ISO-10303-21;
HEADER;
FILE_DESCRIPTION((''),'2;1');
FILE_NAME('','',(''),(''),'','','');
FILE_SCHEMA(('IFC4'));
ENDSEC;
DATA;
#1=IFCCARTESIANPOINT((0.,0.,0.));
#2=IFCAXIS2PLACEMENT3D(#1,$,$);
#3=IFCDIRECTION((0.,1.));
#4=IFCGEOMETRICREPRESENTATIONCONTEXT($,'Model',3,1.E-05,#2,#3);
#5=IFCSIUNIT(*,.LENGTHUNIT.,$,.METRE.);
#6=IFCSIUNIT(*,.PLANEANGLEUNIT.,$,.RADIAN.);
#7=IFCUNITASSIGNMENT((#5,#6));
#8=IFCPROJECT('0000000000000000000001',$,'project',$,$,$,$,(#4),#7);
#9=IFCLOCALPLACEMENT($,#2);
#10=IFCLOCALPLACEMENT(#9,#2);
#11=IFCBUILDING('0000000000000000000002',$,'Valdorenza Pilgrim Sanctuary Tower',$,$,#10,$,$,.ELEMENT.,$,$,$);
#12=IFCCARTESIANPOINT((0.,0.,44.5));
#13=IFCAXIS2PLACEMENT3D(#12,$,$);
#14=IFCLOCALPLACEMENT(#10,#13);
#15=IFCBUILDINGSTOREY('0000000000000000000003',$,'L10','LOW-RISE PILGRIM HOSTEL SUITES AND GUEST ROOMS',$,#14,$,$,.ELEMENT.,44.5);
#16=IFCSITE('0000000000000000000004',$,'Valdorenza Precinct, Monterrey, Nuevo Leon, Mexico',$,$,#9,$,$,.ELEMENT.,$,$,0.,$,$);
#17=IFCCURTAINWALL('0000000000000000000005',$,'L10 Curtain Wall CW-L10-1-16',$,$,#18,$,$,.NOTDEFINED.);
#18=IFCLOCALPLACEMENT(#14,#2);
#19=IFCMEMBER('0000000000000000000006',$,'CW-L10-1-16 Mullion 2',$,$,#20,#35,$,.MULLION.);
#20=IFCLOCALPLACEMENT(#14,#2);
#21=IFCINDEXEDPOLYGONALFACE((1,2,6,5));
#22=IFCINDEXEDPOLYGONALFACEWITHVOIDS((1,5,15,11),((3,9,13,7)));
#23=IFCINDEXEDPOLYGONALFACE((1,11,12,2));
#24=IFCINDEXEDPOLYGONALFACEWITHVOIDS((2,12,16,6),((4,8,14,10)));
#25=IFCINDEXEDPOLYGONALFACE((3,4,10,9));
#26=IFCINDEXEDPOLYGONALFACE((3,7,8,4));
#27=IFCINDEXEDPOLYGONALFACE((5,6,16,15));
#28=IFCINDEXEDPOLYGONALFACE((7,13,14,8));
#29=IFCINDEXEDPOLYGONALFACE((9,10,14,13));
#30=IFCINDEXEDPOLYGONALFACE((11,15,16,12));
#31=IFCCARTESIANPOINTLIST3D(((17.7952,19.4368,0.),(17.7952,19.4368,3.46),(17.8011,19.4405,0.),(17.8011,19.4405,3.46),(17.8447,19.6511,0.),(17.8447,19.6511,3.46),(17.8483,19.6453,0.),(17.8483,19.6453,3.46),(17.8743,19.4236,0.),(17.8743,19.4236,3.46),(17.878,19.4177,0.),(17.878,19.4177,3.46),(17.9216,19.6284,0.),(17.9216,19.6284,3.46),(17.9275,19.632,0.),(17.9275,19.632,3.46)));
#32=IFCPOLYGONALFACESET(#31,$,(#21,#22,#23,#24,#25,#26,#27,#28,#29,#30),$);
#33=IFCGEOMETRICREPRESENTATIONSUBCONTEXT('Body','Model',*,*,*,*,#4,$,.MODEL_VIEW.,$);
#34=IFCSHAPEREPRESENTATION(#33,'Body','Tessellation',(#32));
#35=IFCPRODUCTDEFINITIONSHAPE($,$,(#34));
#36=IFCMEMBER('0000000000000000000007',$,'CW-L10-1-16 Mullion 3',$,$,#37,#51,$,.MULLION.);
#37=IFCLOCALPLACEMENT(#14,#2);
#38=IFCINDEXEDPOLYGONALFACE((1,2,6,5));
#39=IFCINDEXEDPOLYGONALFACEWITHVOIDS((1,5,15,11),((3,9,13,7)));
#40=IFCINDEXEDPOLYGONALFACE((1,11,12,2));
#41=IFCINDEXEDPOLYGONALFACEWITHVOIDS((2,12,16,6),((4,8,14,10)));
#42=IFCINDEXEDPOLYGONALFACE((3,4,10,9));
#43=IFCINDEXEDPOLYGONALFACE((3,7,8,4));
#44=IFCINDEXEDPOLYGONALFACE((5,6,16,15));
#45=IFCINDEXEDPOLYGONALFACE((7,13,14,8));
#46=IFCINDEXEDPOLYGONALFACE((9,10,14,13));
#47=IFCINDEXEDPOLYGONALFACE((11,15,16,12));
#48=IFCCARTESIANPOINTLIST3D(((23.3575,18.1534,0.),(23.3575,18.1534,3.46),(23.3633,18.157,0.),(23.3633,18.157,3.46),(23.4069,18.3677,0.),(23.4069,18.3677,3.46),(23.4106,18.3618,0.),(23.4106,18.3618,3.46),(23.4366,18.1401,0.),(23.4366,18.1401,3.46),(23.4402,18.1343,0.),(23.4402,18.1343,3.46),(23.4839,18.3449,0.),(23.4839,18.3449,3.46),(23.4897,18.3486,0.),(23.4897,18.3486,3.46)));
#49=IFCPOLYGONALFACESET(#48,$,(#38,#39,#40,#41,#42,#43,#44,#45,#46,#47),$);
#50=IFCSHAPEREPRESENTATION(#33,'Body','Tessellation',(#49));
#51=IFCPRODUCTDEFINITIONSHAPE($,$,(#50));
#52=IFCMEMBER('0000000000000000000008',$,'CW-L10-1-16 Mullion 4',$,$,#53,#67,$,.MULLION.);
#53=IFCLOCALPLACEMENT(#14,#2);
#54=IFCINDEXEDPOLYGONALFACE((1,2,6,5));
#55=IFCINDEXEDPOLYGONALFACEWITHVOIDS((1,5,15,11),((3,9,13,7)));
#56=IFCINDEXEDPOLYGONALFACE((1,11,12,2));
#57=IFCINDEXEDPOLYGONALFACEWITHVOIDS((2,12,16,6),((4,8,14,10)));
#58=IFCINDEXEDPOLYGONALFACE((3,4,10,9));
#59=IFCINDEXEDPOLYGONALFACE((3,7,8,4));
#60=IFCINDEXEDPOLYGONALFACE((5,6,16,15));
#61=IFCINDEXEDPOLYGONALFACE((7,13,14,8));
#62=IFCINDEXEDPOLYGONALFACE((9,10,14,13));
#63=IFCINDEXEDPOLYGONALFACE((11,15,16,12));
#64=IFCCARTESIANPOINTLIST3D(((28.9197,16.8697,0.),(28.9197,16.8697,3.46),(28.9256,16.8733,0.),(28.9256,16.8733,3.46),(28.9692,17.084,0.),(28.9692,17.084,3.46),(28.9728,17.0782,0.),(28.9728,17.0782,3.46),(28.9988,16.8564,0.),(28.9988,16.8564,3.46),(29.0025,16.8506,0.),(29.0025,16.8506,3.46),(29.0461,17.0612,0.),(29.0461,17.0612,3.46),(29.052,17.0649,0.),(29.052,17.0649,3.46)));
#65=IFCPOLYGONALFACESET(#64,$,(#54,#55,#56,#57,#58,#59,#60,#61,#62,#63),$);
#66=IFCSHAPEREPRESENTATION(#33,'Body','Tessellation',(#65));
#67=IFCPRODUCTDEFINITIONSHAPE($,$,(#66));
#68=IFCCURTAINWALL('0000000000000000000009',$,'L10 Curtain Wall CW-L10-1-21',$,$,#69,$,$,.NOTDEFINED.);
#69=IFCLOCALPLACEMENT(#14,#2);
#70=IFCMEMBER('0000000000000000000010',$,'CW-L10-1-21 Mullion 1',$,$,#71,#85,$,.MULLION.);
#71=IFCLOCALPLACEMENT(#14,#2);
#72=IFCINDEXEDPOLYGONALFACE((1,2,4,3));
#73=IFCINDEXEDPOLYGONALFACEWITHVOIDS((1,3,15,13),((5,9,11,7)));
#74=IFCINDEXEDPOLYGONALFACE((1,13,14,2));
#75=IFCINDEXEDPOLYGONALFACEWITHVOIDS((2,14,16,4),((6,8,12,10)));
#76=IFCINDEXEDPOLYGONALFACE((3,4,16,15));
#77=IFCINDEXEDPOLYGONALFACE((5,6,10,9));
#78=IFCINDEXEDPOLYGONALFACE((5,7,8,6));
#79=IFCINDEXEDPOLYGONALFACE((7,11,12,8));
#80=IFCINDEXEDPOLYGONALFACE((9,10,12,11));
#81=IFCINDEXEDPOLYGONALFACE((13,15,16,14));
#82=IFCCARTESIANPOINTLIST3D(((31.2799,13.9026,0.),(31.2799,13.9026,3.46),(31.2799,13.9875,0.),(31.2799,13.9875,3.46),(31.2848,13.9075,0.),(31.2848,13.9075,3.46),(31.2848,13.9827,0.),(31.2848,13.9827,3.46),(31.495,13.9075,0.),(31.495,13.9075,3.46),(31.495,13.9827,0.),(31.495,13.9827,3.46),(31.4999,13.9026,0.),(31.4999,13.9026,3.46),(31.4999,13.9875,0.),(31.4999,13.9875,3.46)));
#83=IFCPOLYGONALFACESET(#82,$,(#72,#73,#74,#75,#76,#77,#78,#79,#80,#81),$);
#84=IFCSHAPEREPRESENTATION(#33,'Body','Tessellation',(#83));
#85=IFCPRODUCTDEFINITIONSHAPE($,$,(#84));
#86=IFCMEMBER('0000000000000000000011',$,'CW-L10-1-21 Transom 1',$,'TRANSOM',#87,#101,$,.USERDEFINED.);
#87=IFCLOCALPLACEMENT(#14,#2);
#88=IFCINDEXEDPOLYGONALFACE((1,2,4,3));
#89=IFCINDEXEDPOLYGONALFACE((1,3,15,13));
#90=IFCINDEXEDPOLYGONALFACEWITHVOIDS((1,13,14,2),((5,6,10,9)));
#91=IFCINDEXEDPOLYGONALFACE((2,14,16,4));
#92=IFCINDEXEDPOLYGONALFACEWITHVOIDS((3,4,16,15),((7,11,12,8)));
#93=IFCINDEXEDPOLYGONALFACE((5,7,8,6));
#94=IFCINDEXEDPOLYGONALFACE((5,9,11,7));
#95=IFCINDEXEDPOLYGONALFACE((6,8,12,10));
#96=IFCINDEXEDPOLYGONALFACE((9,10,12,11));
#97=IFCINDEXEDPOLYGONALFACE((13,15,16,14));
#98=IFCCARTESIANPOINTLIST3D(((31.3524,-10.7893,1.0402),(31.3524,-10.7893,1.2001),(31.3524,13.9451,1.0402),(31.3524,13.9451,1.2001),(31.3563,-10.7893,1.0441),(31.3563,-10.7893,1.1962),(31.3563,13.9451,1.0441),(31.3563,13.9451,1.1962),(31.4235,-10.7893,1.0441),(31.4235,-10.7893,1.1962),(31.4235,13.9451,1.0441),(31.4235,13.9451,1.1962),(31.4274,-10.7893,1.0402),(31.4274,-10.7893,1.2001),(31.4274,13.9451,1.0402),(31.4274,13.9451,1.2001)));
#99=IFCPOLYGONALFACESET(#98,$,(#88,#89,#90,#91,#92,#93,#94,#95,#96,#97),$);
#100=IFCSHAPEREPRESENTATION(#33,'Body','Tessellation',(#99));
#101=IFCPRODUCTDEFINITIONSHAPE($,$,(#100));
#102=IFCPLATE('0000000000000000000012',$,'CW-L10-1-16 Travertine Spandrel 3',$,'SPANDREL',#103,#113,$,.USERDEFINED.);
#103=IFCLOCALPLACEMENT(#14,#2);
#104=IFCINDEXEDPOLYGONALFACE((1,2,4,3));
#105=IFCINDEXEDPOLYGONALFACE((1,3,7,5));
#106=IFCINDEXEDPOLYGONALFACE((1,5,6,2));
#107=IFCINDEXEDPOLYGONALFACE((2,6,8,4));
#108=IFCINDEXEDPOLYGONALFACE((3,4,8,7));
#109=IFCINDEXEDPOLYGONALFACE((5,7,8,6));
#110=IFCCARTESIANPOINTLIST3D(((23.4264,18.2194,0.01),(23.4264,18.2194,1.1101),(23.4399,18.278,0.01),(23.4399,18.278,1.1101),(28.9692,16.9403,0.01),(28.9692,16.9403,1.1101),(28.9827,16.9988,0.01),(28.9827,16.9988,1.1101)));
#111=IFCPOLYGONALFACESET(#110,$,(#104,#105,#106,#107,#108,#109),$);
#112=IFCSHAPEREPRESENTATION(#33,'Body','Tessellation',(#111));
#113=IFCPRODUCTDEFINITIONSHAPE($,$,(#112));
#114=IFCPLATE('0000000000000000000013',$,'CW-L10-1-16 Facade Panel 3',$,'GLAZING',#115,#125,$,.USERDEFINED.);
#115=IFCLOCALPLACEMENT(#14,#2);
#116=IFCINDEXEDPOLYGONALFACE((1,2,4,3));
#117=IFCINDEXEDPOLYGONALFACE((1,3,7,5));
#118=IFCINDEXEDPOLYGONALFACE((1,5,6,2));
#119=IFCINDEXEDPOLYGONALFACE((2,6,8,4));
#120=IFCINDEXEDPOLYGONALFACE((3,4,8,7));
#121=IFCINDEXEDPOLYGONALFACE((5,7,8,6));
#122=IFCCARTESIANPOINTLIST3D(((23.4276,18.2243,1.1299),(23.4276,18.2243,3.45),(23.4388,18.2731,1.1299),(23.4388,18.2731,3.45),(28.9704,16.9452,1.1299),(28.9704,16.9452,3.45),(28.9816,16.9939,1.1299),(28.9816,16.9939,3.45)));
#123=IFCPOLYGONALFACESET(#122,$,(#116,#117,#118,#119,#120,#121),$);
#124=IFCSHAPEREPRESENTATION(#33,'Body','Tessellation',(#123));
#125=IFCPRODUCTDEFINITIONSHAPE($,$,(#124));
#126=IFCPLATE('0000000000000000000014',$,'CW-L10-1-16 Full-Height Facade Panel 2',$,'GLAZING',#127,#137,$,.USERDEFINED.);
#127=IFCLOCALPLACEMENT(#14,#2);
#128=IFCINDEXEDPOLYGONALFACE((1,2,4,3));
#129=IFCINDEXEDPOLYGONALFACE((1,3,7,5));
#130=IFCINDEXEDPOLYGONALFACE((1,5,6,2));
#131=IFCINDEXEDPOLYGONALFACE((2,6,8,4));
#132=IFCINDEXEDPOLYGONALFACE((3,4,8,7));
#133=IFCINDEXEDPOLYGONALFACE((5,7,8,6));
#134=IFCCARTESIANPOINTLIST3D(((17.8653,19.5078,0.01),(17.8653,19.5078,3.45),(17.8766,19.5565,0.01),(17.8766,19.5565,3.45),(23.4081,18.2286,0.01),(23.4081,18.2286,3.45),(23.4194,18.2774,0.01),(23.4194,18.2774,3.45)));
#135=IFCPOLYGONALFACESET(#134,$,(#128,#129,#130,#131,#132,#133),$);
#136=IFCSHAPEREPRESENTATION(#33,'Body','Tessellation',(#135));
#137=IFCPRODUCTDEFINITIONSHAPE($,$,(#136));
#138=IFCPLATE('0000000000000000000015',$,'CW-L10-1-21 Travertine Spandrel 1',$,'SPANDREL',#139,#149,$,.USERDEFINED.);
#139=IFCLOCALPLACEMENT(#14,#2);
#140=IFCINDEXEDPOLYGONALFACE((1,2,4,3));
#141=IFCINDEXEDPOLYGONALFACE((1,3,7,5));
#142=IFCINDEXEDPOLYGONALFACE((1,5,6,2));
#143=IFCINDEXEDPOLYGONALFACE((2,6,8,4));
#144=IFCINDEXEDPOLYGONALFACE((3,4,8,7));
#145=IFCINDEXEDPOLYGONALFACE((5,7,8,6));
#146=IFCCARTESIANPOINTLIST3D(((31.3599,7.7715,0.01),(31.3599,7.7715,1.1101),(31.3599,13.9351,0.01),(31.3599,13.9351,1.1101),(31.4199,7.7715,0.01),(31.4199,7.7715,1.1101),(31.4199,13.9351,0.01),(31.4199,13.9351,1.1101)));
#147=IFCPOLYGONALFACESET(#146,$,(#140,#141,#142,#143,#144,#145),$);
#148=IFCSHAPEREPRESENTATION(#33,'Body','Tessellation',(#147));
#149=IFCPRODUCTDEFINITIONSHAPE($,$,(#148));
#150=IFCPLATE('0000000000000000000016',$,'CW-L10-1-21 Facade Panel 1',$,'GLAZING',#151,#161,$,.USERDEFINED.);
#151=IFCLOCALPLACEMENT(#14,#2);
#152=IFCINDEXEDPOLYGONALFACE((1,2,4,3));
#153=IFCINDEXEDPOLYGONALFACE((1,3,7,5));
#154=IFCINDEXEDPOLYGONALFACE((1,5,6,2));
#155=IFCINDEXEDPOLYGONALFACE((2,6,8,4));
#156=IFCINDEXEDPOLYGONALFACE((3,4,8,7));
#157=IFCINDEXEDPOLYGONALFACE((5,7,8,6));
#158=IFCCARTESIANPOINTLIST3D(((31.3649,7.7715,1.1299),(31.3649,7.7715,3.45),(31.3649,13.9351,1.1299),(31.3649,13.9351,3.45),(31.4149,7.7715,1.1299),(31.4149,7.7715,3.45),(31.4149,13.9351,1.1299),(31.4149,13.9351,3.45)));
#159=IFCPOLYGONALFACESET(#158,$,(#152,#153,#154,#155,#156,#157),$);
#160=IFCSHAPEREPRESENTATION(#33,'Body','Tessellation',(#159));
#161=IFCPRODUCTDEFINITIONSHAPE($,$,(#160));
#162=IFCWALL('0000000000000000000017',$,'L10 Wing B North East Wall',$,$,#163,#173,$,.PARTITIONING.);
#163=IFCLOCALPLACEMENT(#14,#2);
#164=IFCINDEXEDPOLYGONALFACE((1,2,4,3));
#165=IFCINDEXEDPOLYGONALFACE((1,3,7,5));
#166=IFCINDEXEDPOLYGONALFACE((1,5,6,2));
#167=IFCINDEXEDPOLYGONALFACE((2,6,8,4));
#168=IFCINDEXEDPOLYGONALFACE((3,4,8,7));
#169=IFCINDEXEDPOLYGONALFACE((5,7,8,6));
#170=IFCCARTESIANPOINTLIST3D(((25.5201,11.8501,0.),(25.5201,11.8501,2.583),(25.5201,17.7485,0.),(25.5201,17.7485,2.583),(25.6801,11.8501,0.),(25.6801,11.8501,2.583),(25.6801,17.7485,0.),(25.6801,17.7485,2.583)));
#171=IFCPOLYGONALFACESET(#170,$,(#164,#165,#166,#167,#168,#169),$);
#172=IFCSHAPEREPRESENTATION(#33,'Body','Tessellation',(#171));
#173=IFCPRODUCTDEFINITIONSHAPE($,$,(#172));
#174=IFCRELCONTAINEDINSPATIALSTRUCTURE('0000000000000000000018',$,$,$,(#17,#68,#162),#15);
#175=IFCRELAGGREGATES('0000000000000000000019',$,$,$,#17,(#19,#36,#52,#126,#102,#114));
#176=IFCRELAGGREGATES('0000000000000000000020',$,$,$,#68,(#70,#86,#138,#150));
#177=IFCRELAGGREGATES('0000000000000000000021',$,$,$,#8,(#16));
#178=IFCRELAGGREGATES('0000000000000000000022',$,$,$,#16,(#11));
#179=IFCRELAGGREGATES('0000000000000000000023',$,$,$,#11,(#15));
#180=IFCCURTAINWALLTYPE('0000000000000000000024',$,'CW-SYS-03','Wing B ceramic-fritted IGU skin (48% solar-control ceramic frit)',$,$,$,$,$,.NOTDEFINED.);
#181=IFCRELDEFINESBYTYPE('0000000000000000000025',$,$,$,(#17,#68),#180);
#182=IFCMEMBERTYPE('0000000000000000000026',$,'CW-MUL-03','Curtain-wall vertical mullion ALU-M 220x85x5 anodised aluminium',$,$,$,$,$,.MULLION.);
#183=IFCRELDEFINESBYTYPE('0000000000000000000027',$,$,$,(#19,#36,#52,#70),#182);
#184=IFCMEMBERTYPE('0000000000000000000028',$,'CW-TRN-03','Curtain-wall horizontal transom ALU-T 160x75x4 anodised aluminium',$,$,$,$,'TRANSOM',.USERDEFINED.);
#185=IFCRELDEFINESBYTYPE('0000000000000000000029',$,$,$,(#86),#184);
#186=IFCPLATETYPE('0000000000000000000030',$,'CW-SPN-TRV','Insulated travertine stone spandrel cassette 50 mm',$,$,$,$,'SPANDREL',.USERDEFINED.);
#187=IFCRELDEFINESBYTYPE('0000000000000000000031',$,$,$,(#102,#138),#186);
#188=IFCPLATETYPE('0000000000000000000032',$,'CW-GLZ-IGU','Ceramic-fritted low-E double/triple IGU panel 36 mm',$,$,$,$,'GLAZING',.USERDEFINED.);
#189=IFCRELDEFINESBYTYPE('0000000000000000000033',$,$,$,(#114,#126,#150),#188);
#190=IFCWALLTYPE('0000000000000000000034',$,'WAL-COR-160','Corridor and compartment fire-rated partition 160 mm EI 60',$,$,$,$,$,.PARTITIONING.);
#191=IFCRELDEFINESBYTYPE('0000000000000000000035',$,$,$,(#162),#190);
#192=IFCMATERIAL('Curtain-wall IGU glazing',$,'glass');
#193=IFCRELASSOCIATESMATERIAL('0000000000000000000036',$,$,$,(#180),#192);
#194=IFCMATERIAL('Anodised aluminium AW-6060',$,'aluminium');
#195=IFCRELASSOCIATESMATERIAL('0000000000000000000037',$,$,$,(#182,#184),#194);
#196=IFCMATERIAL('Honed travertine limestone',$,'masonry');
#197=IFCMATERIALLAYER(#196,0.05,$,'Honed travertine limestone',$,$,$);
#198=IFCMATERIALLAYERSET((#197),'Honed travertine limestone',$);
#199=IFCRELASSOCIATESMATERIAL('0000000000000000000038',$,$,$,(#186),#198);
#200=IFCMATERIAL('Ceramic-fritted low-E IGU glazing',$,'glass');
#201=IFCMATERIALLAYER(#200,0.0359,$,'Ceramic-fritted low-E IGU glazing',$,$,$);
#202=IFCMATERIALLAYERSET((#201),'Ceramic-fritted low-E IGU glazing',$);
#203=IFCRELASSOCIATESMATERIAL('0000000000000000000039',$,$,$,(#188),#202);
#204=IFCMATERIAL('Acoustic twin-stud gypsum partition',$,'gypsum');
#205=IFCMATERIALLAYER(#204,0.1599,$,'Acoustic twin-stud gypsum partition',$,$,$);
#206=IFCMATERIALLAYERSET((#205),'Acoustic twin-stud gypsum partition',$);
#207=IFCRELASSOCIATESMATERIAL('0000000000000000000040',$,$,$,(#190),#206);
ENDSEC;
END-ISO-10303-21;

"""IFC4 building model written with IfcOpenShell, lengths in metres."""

from ifc_helpers import new_model, si_unit, direction, frame, frame_2d, origin, origin_2d, place, context, subcontext, project, spatial, rectangle, hollow_rectangle, extrude, source, transform, mapped, material, layer, layer_set, material_profile, profile_set, type_object, element, aggregate, save


model = new_model("IFC4")

# Units and contexts
model_context = context("Model", 3, precision=1e-05, world=origin(), true_north=direction((0.0, 1.0)))
body_context = subcontext(model_context, "Body", "Model", "MODEL_VIEW")
ifc_project = project(units=[si_unit("LENGTHUNIT", "METRE"), si_unit("PLANEANGLEUNIT", "RADIAN")], contexts=[model_context])

# Site, building, storey
site_placement = place(None, origin())
site = spatial("IfcSite", under=ifc_project, at=site_placement, Name="Valdorenza Precinct, Monterrey, Nuevo Leon, Mexico", CompositionType="ELEMENT", RefElevation=0.0)
building_placement = place(site_placement, origin())
building = spatial("IfcBuilding", under=site, at=building_placement, Name="Valdorenza Pilgrim Sanctuary Tower", CompositionType="ELEMENT")
storey_placement = place(building_placement, frame((0.0, 0.0, 44.5)))
storey = spatial("IfcBuildingStorey", under=building, at=storey_placement, Name="L10", Description="LOW-RISE PILGRIM HOSTEL SUITES AND GUEST ROOMS", CompositionType="ELEMENT", Elevation=44.5)

# Curtain walls, members
ifc_material_1 = material(Name="Curtain-wall IGU glazing", Category="glass")
curtain_wall_type = type_object("IfcCurtainWallType", Name="CW-SYS-03", Description="Wing B ceramic-fritted IGU skin (48% solar-control ceramic frit)", PredefinedType="NOTDEFINED", material=ifc_material_1)
curtain_wall_1_placement = place(storey_placement, origin())
curtain_wall_1 = element("IfcCurtainWall", 1, at=curtain_wall_1_placement, inside=storey, type_object=curtain_wall_type, Name="L10 Curtain Wall CW-L10-1-16", PredefinedType="NOTDEFINED")
ifc_material_2 = material(Name="Anodised aluminium AW-6060", Category="aluminium")
ifc_material_profile_1 = material_profile(ifc_material_2, hollow_rectangle(XDim=0.085, YDim=0.22, WallThickness=0.0049, at=origin_2d()), Name="ALU-M 220x85x5")
ifc_profile_set_1 = profile_set([ifc_material_profile_1], Name="Anodised aluminium AW-6060")
member_type_1 = type_object("IfcMemberType", Name="CW-MUL-03", Description="Curtain-wall vertical mullion ALU-M 220x85x5 anodised aluminium", PredefinedType="MULLION", material=ifc_profile_set_1)
shared_shape_1 = source(origin(), body_context, "Body", "SweptSolid", [
    extrude(hollow_rectangle(XDim=0.085, YDim=0.22, WallThickness=0.0049, at=origin_2d()), origin(), (0.0, 0.0, 1.0), 3.46),
])
member_1_placement = place(storey_placement, frame((17.8613, 19.5344, 0.0), z_axis=(0.0, 0.0, 1.0), x_axis=(0.97439, -0.224866, 0.0)))
member_1 = element("IfcMember", 2, at=member_1_placement, type_object=member_type_1, Name="CW-L10-1-16 Mullion 2", PredefinedType="MULLION", context=body_context, shape_type="MappedRepresentation", body=[
    mapped(shared_shape_1, transform((0.0, 0.0, 0.0), x_axis=(1.0, 0.0, 0.0), y_axis=(0.0, 1.0, 0.0), z_axis=(0.0, 0.0, 1.0), scale=1.0)),
])
member_2_placement = place(storey_placement, frame((23.4236, 18.251, 0.0), z_axis=(0.0, 0.0, 1.0), x_axis=(0.97439, -0.224866, 0.0)))
member_2 = element("IfcMember", 3, at=member_2_placement, type_object=member_type_1, Name="CW-L10-1-16 Mullion 3", PredefinedType="MULLION", context=body_context, shape_type="MappedRepresentation", body=[
    mapped(shared_shape_1, transform((0.0, 0.0, 0.0), x_axis=(1.0, 0.0, 0.0), y_axis=(0.0, 1.0, 0.0), z_axis=(0.0, 0.0, 1.0), scale=1.0)),
])
member_3_placement = place(storey_placement, frame((28.9858, 16.9673, 0.0), z_axis=(0.0, 0.0, 1.0), x_axis=(0.97439, -0.224866, 0.0)))
member_3 = element("IfcMember", 4, at=member_3_placement, type_object=member_type_1, Name="CW-L10-1-16 Mullion 4", PredefinedType="MULLION", context=body_context, shape_type="MappedRepresentation", body=[
    mapped(shared_shape_1, transform((0.0, 0.0, 0.0), x_axis=(1.0, 0.0, 0.0), y_axis=(0.0, 1.0, 0.0), z_axis=(0.0, 0.0, 1.0), scale=1.0)),
])
curtain_wall_2_placement = place(storey_placement, origin())
curtain_wall_2 = element("IfcCurtainWall", 5, at=curtain_wall_2_placement, inside=storey, type_object=curtain_wall_type, Name="L10 Curtain Wall CW-L10-1-21", PredefinedType="NOTDEFINED")
member_4_placement = place(storey_placement, frame((31.3899, 13.9451, 0.0), z_axis=(0.0, 0.0, 1.0), x_axis=(0.0, -1.0, 0.0)))
member_4 = element("IfcMember", 6, at=member_4_placement, type_object=member_type_1, Name="CW-L10-1-21 Mullion 1", PredefinedType="MULLION", context=body_context, shape_type="MappedRepresentation", body=[
    mapped(shared_shape_1, transform((0.0, 0.0, 0.0), x_axis=(1.0, 0.0, 0.0), y_axis=(0.0, 1.0, 0.0), z_axis=(0.0, 0.0, 1.0), scale=1.0)),
])
ifc_material_profile_2 = material_profile(ifc_material_2, hollow_rectangle(XDim=0.075, YDim=0.1599, WallThickness=0.0039, at=origin_2d()), Name="ALU-T 160x75x4")
ifc_profile_set_2 = profile_set([ifc_material_profile_2], Name="Anodised aluminium AW-6060")
member_type_2 = type_object("IfcMemberType", Name="CW-TRN-03", Description="Curtain-wall horizontal transom ALU-T 160x75x4 anodised aluminium", ElementType="TRANSOM", PredefinedType="USERDEFINED", material=ifc_profile_set_2)
shared_shape_2 = source(origin(), body_context, "Body", "SweptSolid", [
    extrude(hollow_rectangle(XDim=0.075, YDim=0.1599, WallThickness=0.0039, at=origin_2d()), origin(), (0.0, 0.0, 1.0), 24.7344),
])
member_5_placement = place(storey_placement, frame((31.3899, 13.9451, 1.1201), z_axis=(0.0, -1.0, 0.0), x_axis=(1.0, 0.0, 0.0)))
member_5 = element("IfcMember", 7, at=member_5_placement, type_object=member_type_2, Name="CW-L10-1-21 Transom 1", ObjectType="TRANSOM", PredefinedType="USERDEFINED", context=body_context, shape_type="MappedRepresentation", body=[
    mapped(shared_shape_2, transform((0.0, 0.0, 0.0), x_axis=(1.0, 0.0, 0.0), y_axis=(0.0, 1.0, 0.0), z_axis=(0.0, 0.0, 1.0), scale=1.0)),
])

# Plates
ifc_material_3 = material(Name="Honed travertine limestone", Category="masonry")
ifc_layer_1 = layer(ifc_material_3, 0.05, Name="Honed travertine limestone")
ifc_layer_set_1 = layer_set([ifc_layer_1], Name="Honed travertine limestone")
plate_type_1 = type_object("IfcPlateType", Name="CW-SPN-TRV", Description="Insulated travertine stone spandrel cassette 50 mm", ElementType="SPANDREL", PredefinedType="USERDEFINED", material=ifc_layer_set_1)
shared_shape_3 = source(origin(), body_context, "Body", "SweptSolid", [
    extrude(rectangle(XDim=5.6885, YDim=0.0601, at=origin_2d()), origin(), (0.0, 0.0, 1.0), 1.1001),
])
plate_1_placement = place(storey_placement, frame((26.2046, 17.6091, 0.01), z_axis=(0.0, 0.0, 1.0), x_axis=(0.97439, -0.224866, 0.0)))
plate_1 = element("IfcPlate", 8, at=plate_1_placement, type_object=plate_type_1, Name="CW-L10-1-16 Travertine Spandrel 3", ObjectType="SPANDREL", PredefinedType="USERDEFINED", context=body_context, shape_type="MappedRepresentation", body=[
    mapped(shared_shape_3, transform((0.0, 0.0, 0.0), x_axis=(1.0, 0.0, 0.0), y_axis=(0.0, 1.0, 0.0), z_axis=(0.0, 0.0, 1.0), scale=1.0)),
])
ifc_material_4 = material(Name="Ceramic-fritted low-E IGU glazing", Category="glass")
ifc_layer_2 = layer(ifc_material_4, 0.0359, Name="Ceramic-fritted low-E IGU glazing")
ifc_layer_set_2 = layer_set([ifc_layer_2], Name="Ceramic-fritted low-E IGU glazing")
plate_type_2 = type_object("IfcPlateType", Name="CW-GLZ-IGU", Description="Ceramic-fritted low-E double/triple IGU panel 36 mm", ElementType="GLAZING", PredefinedType="USERDEFINED", material=ifc_layer_set_2)
shared_shape_4 = source(origin(), body_context, "Body", "SweptSolid", [
    extrude(rectangle(XDim=5.6885, YDim=0.05, at=origin_2d()), origin(), (0.0, 0.0, 1.0), 2.3201),
])
plate_2_placement = place(storey_placement, frame((26.2046, 17.6091, 1.1299), z_axis=(0.0, 0.0, 1.0), x_axis=(0.97439, -0.224866, 0.0)))
plate_2 = element("IfcPlate", 9, at=plate_2_placement, type_object=plate_type_2, Name="CW-L10-1-16 Facade Panel 3", ObjectType="GLAZING", PredefinedType="USERDEFINED", context=body_context, shape_type="MappedRepresentation", body=[
    mapped(shared_shape_4, transform((0.0, 0.0, 0.0), x_axis=(1.0, 0.0, 0.0), y_axis=(0.0, 1.0, 0.0), z_axis=(0.0, 0.0, 1.0), scale=1.0)),
])
shared_shape_5 = source(origin(), body_context, "Body", "SweptSolid", [
    extrude(rectangle(XDim=5.6885, YDim=0.05, at=origin_2d()), origin(), (0.0, 0.0, 1.0), 3.4399),
])
plate_3_placement = place(storey_placement, frame((20.6423, 18.8926, 0.01), z_axis=(0.0, 0.0, 1.0), x_axis=(0.97439, -0.224866, 0.0)))
plate_3 = element("IfcPlate", 10, at=plate_3_placement, type_object=plate_type_2, Name="CW-L10-1-16 Full-Height Facade Panel 2", ObjectType="GLAZING", PredefinedType="USERDEFINED", context=body_context, shape_type="MappedRepresentation", body=[
    mapped(shared_shape_5, transform((0.0, 0.0, 0.0), x_axis=(1.0, 0.0, 0.0), y_axis=(0.0, 1.0, 0.0), z_axis=(0.0, 0.0, 1.0), scale=1.0)),
])
aggregate(curtain_wall_1, [member_1, member_2, member_3, plate_3, plate_1, plate_2])
shared_shape_6 = source(origin(), body_context, "Body", "SweptSolid", [
    extrude(rectangle(XDim=6.1636, YDim=0.0601, at=origin_2d()), origin(), (0.0, 0.0, 1.0), 1.1001),
])
plate_4_placement = place(storey_placement, frame((31.3899, 10.8533, 0.01), z_axis=(0.0, 0.0, 1.0), x_axis=(0.0, -1.0, 0.0)))
plate_4 = element("IfcPlate", 11, at=plate_4_placement, type_object=plate_type_1, Name="CW-L10-1-21 Travertine Spandrel 1", ObjectType="SPANDREL", PredefinedType="USERDEFINED", context=body_context, shape_type="MappedRepresentation", body=[
    mapped(shared_shape_6, transform((0.0, 0.0, 0.0), x_axis=(1.0, 0.0, 0.0), y_axis=(0.0, 1.0, 0.0), z_axis=(0.0, 0.0, 1.0), scale=1.0)),
])
shared_shape_7 = source(origin(), body_context, "Body", "SweptSolid", [
    extrude(rectangle(XDim=6.1636, YDim=0.05, at=origin_2d()), origin(), (0.0, 0.0, 1.0), 2.3201),
])
plate_5_placement = place(storey_placement, frame((31.3899, 10.8533, 1.1299), z_axis=(0.0, 0.0, 1.0), x_axis=(0.0, -1.0, 0.0)))
plate_5 = element("IfcPlate", 12, at=plate_5_placement, type_object=plate_type_2, Name="CW-L10-1-21 Facade Panel 1", ObjectType="GLAZING", PredefinedType="USERDEFINED", context=body_context, shape_type="MappedRepresentation", body=[
    mapped(shared_shape_7, transform((0.0, 0.0, 0.0), x_axis=(1.0, 0.0, 0.0), y_axis=(0.0, 1.0, 0.0), z_axis=(0.0, 0.0, 1.0), scale=1.0)),
])
aggregate(curtain_wall_2, [member_4, member_5, plate_4, plate_5])

# Wall
ifc_material_5 = material(Name="Acoustic twin-stud gypsum partition", Category="gypsum")
ifc_layer_3 = layer(ifc_material_5, 0.1599, Name="Acoustic twin-stud gypsum partition")
ifc_layer_set_3 = layer_set([ifc_layer_3], Name="Acoustic twin-stud gypsum partition")
wall_type_1 = type_object("IfcWallType", Name="WAL-COR-160", Description="Corridor and compartment fire-rated partition 160 mm EI 60", PredefinedType="PARTITIONING", material=ifc_layer_set_3)
wall_1_placement = place(storey_placement, frame((25.6001, 11.8501, 0.0), z_axis=(0.0, 0.0, 1.0), x_axis=(0.0, 1.0, 0.0)))
element("IfcWall", 13, at=wall_1_placement, inside=storey, type_object=wall_type_1, Name="L10 Wing B North East Wall", PredefinedType="PARTITIONING", context=body_context, shape_type="SweptSolid", body=[
    extrude(rectangle(XDim=5.8984, YDim=0.1599, at=frame_2d((2.9492, 0.0))), origin(), (0.0, 0.0, 1.0), 2.583),
])

save(model, "model.ifc")
